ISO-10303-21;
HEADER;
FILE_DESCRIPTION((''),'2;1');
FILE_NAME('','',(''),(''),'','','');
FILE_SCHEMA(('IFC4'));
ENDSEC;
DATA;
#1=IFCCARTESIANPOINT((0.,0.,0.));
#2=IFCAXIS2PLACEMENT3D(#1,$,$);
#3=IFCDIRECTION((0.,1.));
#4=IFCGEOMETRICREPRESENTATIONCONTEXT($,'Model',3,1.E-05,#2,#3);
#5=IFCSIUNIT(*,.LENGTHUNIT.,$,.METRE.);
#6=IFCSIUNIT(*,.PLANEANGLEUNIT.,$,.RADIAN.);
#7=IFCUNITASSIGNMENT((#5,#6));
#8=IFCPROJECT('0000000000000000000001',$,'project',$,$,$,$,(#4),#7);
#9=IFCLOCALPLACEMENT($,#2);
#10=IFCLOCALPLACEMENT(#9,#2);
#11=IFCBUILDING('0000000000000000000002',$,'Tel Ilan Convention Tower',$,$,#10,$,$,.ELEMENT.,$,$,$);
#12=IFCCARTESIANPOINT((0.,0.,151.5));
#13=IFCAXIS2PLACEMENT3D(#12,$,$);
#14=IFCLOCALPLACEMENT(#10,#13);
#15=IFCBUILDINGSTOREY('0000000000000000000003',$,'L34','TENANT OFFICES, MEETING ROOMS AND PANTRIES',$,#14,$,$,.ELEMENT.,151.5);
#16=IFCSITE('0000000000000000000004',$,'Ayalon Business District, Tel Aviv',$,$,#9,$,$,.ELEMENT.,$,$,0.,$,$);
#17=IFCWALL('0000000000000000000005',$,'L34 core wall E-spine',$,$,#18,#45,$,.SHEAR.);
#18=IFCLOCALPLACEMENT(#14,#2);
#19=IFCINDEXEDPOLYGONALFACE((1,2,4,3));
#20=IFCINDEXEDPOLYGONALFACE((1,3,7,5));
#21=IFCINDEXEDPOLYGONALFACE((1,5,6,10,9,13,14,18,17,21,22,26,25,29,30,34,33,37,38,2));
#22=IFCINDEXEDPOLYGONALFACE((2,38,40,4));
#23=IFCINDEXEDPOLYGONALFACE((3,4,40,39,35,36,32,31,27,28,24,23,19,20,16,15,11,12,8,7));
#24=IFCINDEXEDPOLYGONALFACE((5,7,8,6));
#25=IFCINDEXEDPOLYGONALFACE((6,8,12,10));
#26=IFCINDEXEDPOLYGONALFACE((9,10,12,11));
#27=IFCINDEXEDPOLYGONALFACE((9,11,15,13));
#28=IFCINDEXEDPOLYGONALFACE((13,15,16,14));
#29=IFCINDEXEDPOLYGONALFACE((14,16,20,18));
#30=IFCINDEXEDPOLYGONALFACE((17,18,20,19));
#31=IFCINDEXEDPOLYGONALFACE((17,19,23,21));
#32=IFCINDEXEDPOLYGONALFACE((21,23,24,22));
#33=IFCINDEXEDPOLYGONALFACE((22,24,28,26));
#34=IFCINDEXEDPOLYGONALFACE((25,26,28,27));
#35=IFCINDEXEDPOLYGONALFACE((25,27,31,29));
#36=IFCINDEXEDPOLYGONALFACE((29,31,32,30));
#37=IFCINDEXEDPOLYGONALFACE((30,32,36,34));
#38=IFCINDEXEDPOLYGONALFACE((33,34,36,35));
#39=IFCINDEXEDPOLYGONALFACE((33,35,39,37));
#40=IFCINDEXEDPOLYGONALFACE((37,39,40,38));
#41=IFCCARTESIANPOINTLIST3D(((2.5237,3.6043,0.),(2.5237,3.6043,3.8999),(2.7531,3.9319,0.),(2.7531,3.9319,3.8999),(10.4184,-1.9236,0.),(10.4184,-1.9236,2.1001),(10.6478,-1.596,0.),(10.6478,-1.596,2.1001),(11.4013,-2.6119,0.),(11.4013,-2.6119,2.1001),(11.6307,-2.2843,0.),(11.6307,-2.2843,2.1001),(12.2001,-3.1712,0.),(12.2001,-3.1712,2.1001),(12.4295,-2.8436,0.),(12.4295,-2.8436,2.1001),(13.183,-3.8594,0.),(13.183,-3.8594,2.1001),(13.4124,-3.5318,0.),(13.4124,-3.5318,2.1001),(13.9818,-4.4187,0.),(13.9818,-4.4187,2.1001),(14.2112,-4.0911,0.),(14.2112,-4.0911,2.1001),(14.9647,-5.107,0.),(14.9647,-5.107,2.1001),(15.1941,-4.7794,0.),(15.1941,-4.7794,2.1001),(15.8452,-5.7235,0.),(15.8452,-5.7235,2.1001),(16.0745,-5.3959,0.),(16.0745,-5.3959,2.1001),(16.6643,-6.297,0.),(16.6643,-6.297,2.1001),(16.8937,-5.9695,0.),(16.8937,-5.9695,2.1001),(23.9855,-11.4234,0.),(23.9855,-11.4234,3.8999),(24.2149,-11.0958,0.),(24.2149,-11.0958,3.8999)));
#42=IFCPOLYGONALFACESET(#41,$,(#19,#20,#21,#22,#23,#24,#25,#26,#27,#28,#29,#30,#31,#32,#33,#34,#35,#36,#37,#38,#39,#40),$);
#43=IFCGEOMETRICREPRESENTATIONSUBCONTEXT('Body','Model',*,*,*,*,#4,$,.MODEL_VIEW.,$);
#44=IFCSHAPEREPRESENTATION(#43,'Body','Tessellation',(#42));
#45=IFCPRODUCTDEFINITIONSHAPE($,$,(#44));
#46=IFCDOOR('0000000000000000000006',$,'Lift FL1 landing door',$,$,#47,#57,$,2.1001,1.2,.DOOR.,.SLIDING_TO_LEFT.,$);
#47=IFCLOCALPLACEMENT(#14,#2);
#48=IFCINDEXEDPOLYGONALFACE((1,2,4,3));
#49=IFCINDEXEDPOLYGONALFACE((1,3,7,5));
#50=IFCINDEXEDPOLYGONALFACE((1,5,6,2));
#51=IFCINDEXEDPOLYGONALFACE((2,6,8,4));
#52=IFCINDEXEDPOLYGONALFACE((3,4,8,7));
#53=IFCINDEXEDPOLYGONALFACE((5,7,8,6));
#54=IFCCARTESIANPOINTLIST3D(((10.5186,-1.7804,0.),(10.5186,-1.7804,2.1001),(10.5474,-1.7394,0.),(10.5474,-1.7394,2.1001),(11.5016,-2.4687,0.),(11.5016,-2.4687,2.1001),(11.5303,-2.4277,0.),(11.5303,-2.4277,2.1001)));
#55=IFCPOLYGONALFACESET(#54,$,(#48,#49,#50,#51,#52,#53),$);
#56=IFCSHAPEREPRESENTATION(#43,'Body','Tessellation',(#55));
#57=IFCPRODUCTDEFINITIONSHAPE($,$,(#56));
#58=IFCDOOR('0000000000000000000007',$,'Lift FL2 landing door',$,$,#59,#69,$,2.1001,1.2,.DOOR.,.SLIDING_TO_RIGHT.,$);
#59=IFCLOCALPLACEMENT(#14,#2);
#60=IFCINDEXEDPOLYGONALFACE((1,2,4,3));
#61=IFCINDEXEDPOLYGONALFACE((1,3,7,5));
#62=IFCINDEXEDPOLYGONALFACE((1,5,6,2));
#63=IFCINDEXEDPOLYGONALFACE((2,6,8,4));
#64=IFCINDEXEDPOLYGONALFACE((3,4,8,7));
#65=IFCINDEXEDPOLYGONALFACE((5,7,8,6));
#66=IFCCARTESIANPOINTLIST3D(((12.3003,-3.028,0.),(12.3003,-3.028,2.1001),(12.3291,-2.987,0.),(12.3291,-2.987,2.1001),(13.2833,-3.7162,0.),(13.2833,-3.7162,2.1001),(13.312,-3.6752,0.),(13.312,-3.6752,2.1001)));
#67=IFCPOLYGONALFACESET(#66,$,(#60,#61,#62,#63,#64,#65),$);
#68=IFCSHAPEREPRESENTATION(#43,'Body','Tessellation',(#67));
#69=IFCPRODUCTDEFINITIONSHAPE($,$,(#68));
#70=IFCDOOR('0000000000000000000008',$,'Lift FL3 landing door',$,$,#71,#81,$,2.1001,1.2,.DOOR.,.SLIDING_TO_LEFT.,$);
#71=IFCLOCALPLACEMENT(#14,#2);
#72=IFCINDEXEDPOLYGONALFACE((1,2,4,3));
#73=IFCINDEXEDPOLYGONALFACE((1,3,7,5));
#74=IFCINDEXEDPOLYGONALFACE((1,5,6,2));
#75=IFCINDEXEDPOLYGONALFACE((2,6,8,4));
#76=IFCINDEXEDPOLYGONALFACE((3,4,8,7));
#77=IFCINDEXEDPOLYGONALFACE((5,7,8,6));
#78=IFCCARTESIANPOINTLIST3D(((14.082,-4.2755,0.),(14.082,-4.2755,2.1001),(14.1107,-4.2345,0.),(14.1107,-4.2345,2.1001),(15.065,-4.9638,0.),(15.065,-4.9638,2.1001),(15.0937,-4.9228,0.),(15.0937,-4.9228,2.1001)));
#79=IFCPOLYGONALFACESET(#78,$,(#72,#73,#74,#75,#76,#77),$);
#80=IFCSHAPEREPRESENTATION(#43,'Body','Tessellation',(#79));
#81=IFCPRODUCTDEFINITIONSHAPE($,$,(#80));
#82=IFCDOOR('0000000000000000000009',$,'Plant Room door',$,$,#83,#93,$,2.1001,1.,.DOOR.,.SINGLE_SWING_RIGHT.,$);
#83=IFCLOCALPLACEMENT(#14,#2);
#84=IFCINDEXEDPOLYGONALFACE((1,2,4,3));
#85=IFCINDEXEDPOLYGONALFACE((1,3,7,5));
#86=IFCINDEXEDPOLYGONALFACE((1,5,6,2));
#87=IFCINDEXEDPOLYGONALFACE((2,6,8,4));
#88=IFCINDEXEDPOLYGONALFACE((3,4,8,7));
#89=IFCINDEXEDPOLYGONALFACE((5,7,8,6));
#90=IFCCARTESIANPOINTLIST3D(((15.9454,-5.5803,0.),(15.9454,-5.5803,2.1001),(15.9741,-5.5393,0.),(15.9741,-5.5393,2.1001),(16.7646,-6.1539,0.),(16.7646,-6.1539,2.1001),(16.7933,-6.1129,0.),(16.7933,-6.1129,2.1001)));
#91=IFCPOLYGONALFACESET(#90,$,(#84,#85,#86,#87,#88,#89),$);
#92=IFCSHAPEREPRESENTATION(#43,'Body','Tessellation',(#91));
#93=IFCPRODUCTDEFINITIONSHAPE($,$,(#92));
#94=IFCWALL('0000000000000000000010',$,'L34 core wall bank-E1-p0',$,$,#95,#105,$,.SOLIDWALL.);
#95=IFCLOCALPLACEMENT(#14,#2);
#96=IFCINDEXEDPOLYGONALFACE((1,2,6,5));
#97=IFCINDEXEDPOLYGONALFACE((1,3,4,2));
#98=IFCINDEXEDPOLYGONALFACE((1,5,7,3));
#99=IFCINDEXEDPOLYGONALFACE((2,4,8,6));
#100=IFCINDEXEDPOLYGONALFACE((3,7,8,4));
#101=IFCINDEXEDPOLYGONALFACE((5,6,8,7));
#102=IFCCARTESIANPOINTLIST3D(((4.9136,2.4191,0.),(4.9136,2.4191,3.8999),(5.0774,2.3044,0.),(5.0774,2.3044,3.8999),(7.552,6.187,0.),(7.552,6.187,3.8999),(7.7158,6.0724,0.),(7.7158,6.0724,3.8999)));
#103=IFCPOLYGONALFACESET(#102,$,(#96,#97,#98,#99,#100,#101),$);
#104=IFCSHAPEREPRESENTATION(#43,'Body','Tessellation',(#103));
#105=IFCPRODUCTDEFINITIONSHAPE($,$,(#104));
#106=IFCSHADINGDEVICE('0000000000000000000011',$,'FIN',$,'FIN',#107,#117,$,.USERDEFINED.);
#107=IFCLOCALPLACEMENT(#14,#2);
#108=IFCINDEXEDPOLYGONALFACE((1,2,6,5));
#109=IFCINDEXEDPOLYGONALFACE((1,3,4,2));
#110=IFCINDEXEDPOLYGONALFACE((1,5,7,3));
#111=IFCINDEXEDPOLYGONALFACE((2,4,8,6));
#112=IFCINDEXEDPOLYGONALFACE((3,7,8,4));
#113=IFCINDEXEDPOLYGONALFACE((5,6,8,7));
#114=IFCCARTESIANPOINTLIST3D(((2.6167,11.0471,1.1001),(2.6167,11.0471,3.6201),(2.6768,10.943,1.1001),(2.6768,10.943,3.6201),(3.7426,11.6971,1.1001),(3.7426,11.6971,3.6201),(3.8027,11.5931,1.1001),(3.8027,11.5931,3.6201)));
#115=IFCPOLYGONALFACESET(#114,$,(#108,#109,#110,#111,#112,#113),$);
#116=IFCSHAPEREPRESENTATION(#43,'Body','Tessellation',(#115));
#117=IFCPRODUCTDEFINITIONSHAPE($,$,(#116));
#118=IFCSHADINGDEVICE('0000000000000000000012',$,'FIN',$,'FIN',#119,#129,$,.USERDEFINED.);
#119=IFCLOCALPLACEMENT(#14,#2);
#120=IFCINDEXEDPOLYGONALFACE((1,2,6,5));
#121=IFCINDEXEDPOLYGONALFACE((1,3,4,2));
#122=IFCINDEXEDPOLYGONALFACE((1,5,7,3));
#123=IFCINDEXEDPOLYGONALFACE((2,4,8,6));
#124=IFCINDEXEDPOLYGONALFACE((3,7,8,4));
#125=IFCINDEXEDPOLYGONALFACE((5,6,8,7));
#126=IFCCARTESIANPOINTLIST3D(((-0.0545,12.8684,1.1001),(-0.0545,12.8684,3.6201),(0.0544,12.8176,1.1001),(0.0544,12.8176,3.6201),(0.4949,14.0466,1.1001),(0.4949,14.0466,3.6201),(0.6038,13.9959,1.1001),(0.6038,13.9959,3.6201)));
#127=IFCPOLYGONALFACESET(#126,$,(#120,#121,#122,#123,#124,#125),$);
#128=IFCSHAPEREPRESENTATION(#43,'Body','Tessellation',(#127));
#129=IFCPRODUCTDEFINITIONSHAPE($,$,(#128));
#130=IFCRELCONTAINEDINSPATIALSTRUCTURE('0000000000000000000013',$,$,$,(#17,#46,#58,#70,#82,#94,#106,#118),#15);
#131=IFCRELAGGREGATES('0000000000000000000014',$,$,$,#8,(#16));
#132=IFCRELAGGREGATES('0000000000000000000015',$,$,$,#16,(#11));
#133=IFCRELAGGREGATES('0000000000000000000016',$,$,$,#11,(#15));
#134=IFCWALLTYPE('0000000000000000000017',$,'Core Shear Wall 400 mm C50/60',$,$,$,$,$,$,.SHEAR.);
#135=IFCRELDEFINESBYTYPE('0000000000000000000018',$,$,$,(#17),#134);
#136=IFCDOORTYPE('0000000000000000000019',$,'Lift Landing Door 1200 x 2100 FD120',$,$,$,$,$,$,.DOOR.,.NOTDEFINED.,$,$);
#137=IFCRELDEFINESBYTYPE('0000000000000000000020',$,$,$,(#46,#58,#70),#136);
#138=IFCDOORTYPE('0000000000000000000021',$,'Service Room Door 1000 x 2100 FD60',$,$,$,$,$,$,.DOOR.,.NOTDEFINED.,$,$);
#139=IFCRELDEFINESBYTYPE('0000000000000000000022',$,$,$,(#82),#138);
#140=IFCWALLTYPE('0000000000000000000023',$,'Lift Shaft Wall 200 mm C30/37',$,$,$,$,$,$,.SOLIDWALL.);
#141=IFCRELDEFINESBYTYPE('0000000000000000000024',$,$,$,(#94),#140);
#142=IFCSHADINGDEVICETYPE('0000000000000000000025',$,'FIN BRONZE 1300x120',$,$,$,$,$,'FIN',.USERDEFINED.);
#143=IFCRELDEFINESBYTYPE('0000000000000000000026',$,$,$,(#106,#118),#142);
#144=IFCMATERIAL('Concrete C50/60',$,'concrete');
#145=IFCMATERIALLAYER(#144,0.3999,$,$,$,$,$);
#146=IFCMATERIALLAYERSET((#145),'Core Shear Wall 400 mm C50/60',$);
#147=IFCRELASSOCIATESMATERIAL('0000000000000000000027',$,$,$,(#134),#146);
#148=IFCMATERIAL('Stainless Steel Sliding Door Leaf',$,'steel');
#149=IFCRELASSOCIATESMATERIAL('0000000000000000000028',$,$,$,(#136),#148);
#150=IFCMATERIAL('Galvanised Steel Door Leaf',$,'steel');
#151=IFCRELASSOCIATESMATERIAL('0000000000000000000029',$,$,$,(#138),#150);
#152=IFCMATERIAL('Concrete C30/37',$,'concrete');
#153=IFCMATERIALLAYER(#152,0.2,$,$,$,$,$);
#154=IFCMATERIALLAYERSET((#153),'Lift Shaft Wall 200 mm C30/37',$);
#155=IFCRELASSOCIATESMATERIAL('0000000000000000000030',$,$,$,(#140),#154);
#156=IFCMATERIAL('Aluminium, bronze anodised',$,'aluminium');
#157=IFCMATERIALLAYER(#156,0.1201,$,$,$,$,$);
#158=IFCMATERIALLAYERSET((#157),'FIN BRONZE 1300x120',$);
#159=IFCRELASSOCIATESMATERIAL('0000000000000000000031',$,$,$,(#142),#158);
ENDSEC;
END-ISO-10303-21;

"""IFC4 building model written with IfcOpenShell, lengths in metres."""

from ifc_helpers import new_model, si_unit, direction, frame, frame_2d, origin, origin_2d, place, context, subcontext, project, spatial, polyline, rectangle, outline, extrude, material, layer, layer_set, type_object, element, fill, save


model = new_model("IFC4")

# Units and contexts
model_context = context("Model", 3, precision=1e-05, world=origin(), true_north=direction((0.0, 1.0)))
body_context = subcontext(model_context, "Body", "Model", "MODEL_VIEW")
ifc_project = project(units=[si_unit("LENGTHUNIT", "METRE"), si_unit("PLANEANGLEUNIT", "RADIAN")], contexts=[model_context])

# Site, building, storey
site_placement = place(None, origin())
site = spatial("IfcSite", under=ifc_project, at=site_placement, Name="Ayalon Business District, Tel Aviv", CompositionType="ELEMENT", RefElevation=0.0)
building_placement = place(site_placement, origin())
building = spatial("IfcBuilding", under=site, at=building_placement, Name="Tel Ilan Convention Tower", CompositionType="ELEMENT")
storey_placement = place(building_placement, frame((0.0, 0.0, 151.5)))
storey = spatial("IfcBuildingStorey", under=building, at=storey_placement, Name="L34", Description="TENANT OFFICES, MEETING ROOMS AND PANTRIES", CompositionType="ELEMENT", Elevation=151.5)

# Wall, openings, doors
ifc_material_1 = material(Name="Concrete C50/60", Category="concrete")
ifc_layer_1 = layer(ifc_material_1, 0.3999)
ifc_layer_set_1 = layer_set([ifc_layer_1], Name="Core Shear Wall 400 mm C50/60")
wall_type_1 = type_object("IfcWallType", Name="Core Shear Wall 400 mm C50/60", PredefinedType="SHEAR", material=ifc_layer_set_1)
wall_1_placement = place(storey_placement, frame((2.6384, 3.7681, 0.0), z_axis=(0.0, 0.0, 1.0), x_axis=(0.819153, -0.573576, 0.0)))
wall_1 = element("IfcWall", 1, at=wall_1_placement, inside=storey, type_object=wall_type_1, Name="L34 core wall E-spine", PredefinedType="SHEAR", context=body_context, shape_type="SweptSolid", body=[
    extrude(outline(polyline([(0.0, 0.2), (0.0, -0.2), (26.2, -0.2), (26.2, 0.2), (0.0, 0.2)])), origin(), (0.0, 0.0, 1.0), 3.8999),
])
opening_1_placement = place(wall_1_placement, frame((9.6375, 0.0, 0.0)))
opening_1 = element("IfcOpeningElement", 2, at=opening_1_placement, cuts=wall_1, PredefinedType="OPENING", context=body_context, shape_type="SweptSolid", body=[
    extrude(rectangle(XDim=1.2, YDim=2.1001, at=frame_2d((0.6001, 1.05))), frame((0.0, 0.21, 0.0), z_axis=(0.0, -1.0, 0.0), x_axis=(1.0, 0.0, 0.0)), (0.0, 0.0, 1.0), 0.4199),
])
opening_2_placement = place(wall_1_placement, frame((11.8125, 0.0, 0.0)))
opening_2 = element("IfcOpeningElement", 3, at=opening_2_placement, cuts=wall_1, PredefinedType="OPENING", context=body_context, shape_type="SweptSolid", body=[
    extrude(rectangle(XDim=1.2, YDim=2.1001, at=frame_2d((0.6001, 1.05))), frame((0.0, 0.21, 0.0), z_axis=(0.0, -1.0, 0.0), x_axis=(1.0, 0.0, 0.0)), (0.0, 0.0, 1.0), 0.4199),
])
opening_3_placement = place(wall_1_placement, frame((13.9875, 0.0, 0.0)))
opening_3 = element("IfcOpeningElement", 4, at=opening_3_placement, cuts=wall_1, PredefinedType="OPENING", context=body_context, shape_type="SweptSolid", body=[
    extrude(rectangle(XDim=1.2, YDim=2.1001, at=frame_2d((0.6001, 1.05))), frame((0.0, 0.21, 0.0), z_axis=(0.0, -1.0, 0.0), x_axis=(1.0, 0.0, 0.0)), (0.0, 0.0, 1.0), 0.4199),
])
opening_4_placement = place(wall_1_placement, frame((16.2625, 0.0, 0.0)))
opening_4 = element("IfcOpeningElement", 5, at=opening_4_placement, cuts=wall_1, PredefinedType="OPENING", context=body_context, shape_type="SweptSolid", body=[
    extrude(rectangle(XDim=1.0, YDim=2.1001, at=frame_2d((0.5, 1.05))), frame((0.0, 0.21, 0.0), z_axis=(0.0, -1.0, 0.0), x_axis=(1.0, 0.0, 0.0)), (0.0, 0.0, 1.0), 0.4199),
])
ifc_material_2 = material(Name="Stainless Steel Sliding Door Leaf", Category="steel")
door_type_1 = type_object("IfcDoorType", Name="Lift Landing Door 1200 x 2100 FD120", OperationType="NOTDEFINED", PredefinedType="DOOR", material=ifc_material_2)
door_1_placement = place(opening_1_placement, origin())
door_1 = element("IfcDoor", 6, at=door_1_placement, inside=storey, type_object=door_type_1, Name="Lift FL1 landing door", OperationType="SLIDING_TO_LEFT", OverallHeight=2.1001, OverallWidth=1.2, PredefinedType="DOOR", context=body_context, shape_type="SweptSolid", body=[
    extrude(rectangle(XDim=1.2, YDim=2.1001, at=frame_2d((0.6001, 1.05))), frame((0.0, 0.0249, 0.0), z_axis=(0.0, -1.0, 0.0), x_axis=(1.0, 0.0, 0.0)), (0.0, 0.0, 1.0), 0.05),
])
fill(opening_1, door_1)
door_2_placement = place(opening_2_placement, origin())
door_2 = element("IfcDoor", 7, at=door_2_placement, inside=storey, type_object=door_type_1, Name="Lift FL2 landing door", OperationType="SLIDING_TO_RIGHT", OverallHeight=2.1001, OverallWidth=1.2, PredefinedType="DOOR", context=body_context, shape_type="SweptSolid", body=[
    extrude(rectangle(XDim=1.2, YDim=2.1001, at=frame_2d((0.6001, 1.05))), frame((0.0, 0.0249, 0.0), z_axis=(0.0, -1.0, 0.0), x_axis=(1.0, 0.0, 0.0)), (0.0, 0.0, 1.0), 0.05),
])
fill(opening_2, door_2)
door_3_placement = place(opening_3_placement, origin())
door_3 = element("IfcDoor", 8, at=door_3_placement, inside=storey, type_object=door_type_1, Name="Lift FL3 landing door", OperationType="SLIDING_TO_LEFT", OverallHeight=2.1001, OverallWidth=1.2, PredefinedType="DOOR", context=body_context, shape_type="SweptSolid", body=[
    extrude(rectangle(XDim=1.2, YDim=2.1001, at=frame_2d((0.6001, 1.05))), frame((0.0, 0.0249, 0.0), z_axis=(0.0, -1.0, 0.0), x_axis=(1.0, 0.0, 0.0)), (0.0, 0.0, 1.0), 0.05),
])
fill(opening_3, door_3)
ifc_material_3 = material(Name="Galvanised Steel Door Leaf", Category="steel")
door_type_2 = type_object("IfcDoorType", Name="Service Room Door 1000 x 2100 FD60", OperationType="NOTDEFINED", PredefinedType="DOOR", material=ifc_material_3)
door_4_placement = place(opening_4_placement, origin())
door_4 = element("IfcDoor", 9, at=door_4_placement, inside=storey, type_object=door_type_2, Name="Plant Room door", OperationType="SINGLE_SWING_RIGHT", OverallHeight=2.1001, OverallWidth=1.0, PredefinedType="DOOR", context=body_context, shape_type="SweptSolid", body=[
    extrude(rectangle(XDim=1.0, YDim=2.1001, at=frame_2d((0.5, 1.05))), frame((0.0, 0.0249, 0.0), z_axis=(0.0, -1.0, 0.0), x_axis=(1.0, 0.0, 0.0)), (0.0, 0.0, 1.0), 0.05),
])
fill(opening_4, door_4)

# Wall
ifc_material_4 = material(Name="Concrete C30/37", Category="concrete")
ifc_layer_2 = layer(ifc_material_4, 0.2)
ifc_layer_set_2 = layer_set([ifc_layer_2], Name="Lift Shaft Wall 200 mm C30/37")
wall_type_2 = type_object("IfcWallType", Name="Lift Shaft Wall 200 mm C30/37", PredefinedType="SOLIDWALL", material=ifc_layer_set_2)
wall_2_placement = place(storey_placement, frame((4.9956, 2.3618, 0.0), z_axis=(0.0, 0.0, 1.0), x_axis=(0.573576, 0.819152, 0.0)))
element("IfcWall", 10, at=wall_2_placement, inside=storey, type_object=wall_type_2, Name="L34 core wall bank-E1-p0", PredefinedType="SOLIDWALL", context=body_context, shape_type="SweptSolid", body=[
    extrude(rectangle(XDim=4.5999, YDim=0.2, at=frame_2d((2.2998, 0.0))), origin(), (0.0, 0.0, 1.0), 3.8999),
])

# Shading devices
ifc_material_5 = material(Name="Aluminium, bronze anodised", Category="aluminium")
ifc_layer_3 = layer(ifc_material_5, 0.1201)
ifc_layer_set_3 = layer_set([ifc_layer_3], Name="FIN BRONZE 1300x120")
shading_device_type = type_object("IfcShadingDeviceType", Name="FIN BRONZE 1300x120", ElementType="FIN", PredefinedType="USERDEFINED", material=ifc_layer_set_3)
for number, where, z_axis, x_axis, name in (
    (11, (3.2097, 11.3201, 1.1001), (0.0, 0.0, 1.0), (0.866025, 0.5, 0.0), "FIN"),
    (12, (0.2747, 13.4321, 1.1001), (0.0, 0.0, 1.0), (0.422618, 0.906308, 0.0), "FIN"),
):
    element("IfcShadingDevice", number, at=place(storey_placement, frame(where, z_axis=z_axis, x_axis=x_axis)), inside=storey, type_object=shading_device_type, Name=name, ObjectType="FIN", PredefinedType="USERDEFINED", context=body_context, shape_type="SweptSolid", body=[
        extrude(rectangle(XDim=1.3, YDim=0.1201, at=origin_2d()), origin(), (0.0, 0.0, 1.0), 2.52),
    ])

save(model, "model.ifc")
